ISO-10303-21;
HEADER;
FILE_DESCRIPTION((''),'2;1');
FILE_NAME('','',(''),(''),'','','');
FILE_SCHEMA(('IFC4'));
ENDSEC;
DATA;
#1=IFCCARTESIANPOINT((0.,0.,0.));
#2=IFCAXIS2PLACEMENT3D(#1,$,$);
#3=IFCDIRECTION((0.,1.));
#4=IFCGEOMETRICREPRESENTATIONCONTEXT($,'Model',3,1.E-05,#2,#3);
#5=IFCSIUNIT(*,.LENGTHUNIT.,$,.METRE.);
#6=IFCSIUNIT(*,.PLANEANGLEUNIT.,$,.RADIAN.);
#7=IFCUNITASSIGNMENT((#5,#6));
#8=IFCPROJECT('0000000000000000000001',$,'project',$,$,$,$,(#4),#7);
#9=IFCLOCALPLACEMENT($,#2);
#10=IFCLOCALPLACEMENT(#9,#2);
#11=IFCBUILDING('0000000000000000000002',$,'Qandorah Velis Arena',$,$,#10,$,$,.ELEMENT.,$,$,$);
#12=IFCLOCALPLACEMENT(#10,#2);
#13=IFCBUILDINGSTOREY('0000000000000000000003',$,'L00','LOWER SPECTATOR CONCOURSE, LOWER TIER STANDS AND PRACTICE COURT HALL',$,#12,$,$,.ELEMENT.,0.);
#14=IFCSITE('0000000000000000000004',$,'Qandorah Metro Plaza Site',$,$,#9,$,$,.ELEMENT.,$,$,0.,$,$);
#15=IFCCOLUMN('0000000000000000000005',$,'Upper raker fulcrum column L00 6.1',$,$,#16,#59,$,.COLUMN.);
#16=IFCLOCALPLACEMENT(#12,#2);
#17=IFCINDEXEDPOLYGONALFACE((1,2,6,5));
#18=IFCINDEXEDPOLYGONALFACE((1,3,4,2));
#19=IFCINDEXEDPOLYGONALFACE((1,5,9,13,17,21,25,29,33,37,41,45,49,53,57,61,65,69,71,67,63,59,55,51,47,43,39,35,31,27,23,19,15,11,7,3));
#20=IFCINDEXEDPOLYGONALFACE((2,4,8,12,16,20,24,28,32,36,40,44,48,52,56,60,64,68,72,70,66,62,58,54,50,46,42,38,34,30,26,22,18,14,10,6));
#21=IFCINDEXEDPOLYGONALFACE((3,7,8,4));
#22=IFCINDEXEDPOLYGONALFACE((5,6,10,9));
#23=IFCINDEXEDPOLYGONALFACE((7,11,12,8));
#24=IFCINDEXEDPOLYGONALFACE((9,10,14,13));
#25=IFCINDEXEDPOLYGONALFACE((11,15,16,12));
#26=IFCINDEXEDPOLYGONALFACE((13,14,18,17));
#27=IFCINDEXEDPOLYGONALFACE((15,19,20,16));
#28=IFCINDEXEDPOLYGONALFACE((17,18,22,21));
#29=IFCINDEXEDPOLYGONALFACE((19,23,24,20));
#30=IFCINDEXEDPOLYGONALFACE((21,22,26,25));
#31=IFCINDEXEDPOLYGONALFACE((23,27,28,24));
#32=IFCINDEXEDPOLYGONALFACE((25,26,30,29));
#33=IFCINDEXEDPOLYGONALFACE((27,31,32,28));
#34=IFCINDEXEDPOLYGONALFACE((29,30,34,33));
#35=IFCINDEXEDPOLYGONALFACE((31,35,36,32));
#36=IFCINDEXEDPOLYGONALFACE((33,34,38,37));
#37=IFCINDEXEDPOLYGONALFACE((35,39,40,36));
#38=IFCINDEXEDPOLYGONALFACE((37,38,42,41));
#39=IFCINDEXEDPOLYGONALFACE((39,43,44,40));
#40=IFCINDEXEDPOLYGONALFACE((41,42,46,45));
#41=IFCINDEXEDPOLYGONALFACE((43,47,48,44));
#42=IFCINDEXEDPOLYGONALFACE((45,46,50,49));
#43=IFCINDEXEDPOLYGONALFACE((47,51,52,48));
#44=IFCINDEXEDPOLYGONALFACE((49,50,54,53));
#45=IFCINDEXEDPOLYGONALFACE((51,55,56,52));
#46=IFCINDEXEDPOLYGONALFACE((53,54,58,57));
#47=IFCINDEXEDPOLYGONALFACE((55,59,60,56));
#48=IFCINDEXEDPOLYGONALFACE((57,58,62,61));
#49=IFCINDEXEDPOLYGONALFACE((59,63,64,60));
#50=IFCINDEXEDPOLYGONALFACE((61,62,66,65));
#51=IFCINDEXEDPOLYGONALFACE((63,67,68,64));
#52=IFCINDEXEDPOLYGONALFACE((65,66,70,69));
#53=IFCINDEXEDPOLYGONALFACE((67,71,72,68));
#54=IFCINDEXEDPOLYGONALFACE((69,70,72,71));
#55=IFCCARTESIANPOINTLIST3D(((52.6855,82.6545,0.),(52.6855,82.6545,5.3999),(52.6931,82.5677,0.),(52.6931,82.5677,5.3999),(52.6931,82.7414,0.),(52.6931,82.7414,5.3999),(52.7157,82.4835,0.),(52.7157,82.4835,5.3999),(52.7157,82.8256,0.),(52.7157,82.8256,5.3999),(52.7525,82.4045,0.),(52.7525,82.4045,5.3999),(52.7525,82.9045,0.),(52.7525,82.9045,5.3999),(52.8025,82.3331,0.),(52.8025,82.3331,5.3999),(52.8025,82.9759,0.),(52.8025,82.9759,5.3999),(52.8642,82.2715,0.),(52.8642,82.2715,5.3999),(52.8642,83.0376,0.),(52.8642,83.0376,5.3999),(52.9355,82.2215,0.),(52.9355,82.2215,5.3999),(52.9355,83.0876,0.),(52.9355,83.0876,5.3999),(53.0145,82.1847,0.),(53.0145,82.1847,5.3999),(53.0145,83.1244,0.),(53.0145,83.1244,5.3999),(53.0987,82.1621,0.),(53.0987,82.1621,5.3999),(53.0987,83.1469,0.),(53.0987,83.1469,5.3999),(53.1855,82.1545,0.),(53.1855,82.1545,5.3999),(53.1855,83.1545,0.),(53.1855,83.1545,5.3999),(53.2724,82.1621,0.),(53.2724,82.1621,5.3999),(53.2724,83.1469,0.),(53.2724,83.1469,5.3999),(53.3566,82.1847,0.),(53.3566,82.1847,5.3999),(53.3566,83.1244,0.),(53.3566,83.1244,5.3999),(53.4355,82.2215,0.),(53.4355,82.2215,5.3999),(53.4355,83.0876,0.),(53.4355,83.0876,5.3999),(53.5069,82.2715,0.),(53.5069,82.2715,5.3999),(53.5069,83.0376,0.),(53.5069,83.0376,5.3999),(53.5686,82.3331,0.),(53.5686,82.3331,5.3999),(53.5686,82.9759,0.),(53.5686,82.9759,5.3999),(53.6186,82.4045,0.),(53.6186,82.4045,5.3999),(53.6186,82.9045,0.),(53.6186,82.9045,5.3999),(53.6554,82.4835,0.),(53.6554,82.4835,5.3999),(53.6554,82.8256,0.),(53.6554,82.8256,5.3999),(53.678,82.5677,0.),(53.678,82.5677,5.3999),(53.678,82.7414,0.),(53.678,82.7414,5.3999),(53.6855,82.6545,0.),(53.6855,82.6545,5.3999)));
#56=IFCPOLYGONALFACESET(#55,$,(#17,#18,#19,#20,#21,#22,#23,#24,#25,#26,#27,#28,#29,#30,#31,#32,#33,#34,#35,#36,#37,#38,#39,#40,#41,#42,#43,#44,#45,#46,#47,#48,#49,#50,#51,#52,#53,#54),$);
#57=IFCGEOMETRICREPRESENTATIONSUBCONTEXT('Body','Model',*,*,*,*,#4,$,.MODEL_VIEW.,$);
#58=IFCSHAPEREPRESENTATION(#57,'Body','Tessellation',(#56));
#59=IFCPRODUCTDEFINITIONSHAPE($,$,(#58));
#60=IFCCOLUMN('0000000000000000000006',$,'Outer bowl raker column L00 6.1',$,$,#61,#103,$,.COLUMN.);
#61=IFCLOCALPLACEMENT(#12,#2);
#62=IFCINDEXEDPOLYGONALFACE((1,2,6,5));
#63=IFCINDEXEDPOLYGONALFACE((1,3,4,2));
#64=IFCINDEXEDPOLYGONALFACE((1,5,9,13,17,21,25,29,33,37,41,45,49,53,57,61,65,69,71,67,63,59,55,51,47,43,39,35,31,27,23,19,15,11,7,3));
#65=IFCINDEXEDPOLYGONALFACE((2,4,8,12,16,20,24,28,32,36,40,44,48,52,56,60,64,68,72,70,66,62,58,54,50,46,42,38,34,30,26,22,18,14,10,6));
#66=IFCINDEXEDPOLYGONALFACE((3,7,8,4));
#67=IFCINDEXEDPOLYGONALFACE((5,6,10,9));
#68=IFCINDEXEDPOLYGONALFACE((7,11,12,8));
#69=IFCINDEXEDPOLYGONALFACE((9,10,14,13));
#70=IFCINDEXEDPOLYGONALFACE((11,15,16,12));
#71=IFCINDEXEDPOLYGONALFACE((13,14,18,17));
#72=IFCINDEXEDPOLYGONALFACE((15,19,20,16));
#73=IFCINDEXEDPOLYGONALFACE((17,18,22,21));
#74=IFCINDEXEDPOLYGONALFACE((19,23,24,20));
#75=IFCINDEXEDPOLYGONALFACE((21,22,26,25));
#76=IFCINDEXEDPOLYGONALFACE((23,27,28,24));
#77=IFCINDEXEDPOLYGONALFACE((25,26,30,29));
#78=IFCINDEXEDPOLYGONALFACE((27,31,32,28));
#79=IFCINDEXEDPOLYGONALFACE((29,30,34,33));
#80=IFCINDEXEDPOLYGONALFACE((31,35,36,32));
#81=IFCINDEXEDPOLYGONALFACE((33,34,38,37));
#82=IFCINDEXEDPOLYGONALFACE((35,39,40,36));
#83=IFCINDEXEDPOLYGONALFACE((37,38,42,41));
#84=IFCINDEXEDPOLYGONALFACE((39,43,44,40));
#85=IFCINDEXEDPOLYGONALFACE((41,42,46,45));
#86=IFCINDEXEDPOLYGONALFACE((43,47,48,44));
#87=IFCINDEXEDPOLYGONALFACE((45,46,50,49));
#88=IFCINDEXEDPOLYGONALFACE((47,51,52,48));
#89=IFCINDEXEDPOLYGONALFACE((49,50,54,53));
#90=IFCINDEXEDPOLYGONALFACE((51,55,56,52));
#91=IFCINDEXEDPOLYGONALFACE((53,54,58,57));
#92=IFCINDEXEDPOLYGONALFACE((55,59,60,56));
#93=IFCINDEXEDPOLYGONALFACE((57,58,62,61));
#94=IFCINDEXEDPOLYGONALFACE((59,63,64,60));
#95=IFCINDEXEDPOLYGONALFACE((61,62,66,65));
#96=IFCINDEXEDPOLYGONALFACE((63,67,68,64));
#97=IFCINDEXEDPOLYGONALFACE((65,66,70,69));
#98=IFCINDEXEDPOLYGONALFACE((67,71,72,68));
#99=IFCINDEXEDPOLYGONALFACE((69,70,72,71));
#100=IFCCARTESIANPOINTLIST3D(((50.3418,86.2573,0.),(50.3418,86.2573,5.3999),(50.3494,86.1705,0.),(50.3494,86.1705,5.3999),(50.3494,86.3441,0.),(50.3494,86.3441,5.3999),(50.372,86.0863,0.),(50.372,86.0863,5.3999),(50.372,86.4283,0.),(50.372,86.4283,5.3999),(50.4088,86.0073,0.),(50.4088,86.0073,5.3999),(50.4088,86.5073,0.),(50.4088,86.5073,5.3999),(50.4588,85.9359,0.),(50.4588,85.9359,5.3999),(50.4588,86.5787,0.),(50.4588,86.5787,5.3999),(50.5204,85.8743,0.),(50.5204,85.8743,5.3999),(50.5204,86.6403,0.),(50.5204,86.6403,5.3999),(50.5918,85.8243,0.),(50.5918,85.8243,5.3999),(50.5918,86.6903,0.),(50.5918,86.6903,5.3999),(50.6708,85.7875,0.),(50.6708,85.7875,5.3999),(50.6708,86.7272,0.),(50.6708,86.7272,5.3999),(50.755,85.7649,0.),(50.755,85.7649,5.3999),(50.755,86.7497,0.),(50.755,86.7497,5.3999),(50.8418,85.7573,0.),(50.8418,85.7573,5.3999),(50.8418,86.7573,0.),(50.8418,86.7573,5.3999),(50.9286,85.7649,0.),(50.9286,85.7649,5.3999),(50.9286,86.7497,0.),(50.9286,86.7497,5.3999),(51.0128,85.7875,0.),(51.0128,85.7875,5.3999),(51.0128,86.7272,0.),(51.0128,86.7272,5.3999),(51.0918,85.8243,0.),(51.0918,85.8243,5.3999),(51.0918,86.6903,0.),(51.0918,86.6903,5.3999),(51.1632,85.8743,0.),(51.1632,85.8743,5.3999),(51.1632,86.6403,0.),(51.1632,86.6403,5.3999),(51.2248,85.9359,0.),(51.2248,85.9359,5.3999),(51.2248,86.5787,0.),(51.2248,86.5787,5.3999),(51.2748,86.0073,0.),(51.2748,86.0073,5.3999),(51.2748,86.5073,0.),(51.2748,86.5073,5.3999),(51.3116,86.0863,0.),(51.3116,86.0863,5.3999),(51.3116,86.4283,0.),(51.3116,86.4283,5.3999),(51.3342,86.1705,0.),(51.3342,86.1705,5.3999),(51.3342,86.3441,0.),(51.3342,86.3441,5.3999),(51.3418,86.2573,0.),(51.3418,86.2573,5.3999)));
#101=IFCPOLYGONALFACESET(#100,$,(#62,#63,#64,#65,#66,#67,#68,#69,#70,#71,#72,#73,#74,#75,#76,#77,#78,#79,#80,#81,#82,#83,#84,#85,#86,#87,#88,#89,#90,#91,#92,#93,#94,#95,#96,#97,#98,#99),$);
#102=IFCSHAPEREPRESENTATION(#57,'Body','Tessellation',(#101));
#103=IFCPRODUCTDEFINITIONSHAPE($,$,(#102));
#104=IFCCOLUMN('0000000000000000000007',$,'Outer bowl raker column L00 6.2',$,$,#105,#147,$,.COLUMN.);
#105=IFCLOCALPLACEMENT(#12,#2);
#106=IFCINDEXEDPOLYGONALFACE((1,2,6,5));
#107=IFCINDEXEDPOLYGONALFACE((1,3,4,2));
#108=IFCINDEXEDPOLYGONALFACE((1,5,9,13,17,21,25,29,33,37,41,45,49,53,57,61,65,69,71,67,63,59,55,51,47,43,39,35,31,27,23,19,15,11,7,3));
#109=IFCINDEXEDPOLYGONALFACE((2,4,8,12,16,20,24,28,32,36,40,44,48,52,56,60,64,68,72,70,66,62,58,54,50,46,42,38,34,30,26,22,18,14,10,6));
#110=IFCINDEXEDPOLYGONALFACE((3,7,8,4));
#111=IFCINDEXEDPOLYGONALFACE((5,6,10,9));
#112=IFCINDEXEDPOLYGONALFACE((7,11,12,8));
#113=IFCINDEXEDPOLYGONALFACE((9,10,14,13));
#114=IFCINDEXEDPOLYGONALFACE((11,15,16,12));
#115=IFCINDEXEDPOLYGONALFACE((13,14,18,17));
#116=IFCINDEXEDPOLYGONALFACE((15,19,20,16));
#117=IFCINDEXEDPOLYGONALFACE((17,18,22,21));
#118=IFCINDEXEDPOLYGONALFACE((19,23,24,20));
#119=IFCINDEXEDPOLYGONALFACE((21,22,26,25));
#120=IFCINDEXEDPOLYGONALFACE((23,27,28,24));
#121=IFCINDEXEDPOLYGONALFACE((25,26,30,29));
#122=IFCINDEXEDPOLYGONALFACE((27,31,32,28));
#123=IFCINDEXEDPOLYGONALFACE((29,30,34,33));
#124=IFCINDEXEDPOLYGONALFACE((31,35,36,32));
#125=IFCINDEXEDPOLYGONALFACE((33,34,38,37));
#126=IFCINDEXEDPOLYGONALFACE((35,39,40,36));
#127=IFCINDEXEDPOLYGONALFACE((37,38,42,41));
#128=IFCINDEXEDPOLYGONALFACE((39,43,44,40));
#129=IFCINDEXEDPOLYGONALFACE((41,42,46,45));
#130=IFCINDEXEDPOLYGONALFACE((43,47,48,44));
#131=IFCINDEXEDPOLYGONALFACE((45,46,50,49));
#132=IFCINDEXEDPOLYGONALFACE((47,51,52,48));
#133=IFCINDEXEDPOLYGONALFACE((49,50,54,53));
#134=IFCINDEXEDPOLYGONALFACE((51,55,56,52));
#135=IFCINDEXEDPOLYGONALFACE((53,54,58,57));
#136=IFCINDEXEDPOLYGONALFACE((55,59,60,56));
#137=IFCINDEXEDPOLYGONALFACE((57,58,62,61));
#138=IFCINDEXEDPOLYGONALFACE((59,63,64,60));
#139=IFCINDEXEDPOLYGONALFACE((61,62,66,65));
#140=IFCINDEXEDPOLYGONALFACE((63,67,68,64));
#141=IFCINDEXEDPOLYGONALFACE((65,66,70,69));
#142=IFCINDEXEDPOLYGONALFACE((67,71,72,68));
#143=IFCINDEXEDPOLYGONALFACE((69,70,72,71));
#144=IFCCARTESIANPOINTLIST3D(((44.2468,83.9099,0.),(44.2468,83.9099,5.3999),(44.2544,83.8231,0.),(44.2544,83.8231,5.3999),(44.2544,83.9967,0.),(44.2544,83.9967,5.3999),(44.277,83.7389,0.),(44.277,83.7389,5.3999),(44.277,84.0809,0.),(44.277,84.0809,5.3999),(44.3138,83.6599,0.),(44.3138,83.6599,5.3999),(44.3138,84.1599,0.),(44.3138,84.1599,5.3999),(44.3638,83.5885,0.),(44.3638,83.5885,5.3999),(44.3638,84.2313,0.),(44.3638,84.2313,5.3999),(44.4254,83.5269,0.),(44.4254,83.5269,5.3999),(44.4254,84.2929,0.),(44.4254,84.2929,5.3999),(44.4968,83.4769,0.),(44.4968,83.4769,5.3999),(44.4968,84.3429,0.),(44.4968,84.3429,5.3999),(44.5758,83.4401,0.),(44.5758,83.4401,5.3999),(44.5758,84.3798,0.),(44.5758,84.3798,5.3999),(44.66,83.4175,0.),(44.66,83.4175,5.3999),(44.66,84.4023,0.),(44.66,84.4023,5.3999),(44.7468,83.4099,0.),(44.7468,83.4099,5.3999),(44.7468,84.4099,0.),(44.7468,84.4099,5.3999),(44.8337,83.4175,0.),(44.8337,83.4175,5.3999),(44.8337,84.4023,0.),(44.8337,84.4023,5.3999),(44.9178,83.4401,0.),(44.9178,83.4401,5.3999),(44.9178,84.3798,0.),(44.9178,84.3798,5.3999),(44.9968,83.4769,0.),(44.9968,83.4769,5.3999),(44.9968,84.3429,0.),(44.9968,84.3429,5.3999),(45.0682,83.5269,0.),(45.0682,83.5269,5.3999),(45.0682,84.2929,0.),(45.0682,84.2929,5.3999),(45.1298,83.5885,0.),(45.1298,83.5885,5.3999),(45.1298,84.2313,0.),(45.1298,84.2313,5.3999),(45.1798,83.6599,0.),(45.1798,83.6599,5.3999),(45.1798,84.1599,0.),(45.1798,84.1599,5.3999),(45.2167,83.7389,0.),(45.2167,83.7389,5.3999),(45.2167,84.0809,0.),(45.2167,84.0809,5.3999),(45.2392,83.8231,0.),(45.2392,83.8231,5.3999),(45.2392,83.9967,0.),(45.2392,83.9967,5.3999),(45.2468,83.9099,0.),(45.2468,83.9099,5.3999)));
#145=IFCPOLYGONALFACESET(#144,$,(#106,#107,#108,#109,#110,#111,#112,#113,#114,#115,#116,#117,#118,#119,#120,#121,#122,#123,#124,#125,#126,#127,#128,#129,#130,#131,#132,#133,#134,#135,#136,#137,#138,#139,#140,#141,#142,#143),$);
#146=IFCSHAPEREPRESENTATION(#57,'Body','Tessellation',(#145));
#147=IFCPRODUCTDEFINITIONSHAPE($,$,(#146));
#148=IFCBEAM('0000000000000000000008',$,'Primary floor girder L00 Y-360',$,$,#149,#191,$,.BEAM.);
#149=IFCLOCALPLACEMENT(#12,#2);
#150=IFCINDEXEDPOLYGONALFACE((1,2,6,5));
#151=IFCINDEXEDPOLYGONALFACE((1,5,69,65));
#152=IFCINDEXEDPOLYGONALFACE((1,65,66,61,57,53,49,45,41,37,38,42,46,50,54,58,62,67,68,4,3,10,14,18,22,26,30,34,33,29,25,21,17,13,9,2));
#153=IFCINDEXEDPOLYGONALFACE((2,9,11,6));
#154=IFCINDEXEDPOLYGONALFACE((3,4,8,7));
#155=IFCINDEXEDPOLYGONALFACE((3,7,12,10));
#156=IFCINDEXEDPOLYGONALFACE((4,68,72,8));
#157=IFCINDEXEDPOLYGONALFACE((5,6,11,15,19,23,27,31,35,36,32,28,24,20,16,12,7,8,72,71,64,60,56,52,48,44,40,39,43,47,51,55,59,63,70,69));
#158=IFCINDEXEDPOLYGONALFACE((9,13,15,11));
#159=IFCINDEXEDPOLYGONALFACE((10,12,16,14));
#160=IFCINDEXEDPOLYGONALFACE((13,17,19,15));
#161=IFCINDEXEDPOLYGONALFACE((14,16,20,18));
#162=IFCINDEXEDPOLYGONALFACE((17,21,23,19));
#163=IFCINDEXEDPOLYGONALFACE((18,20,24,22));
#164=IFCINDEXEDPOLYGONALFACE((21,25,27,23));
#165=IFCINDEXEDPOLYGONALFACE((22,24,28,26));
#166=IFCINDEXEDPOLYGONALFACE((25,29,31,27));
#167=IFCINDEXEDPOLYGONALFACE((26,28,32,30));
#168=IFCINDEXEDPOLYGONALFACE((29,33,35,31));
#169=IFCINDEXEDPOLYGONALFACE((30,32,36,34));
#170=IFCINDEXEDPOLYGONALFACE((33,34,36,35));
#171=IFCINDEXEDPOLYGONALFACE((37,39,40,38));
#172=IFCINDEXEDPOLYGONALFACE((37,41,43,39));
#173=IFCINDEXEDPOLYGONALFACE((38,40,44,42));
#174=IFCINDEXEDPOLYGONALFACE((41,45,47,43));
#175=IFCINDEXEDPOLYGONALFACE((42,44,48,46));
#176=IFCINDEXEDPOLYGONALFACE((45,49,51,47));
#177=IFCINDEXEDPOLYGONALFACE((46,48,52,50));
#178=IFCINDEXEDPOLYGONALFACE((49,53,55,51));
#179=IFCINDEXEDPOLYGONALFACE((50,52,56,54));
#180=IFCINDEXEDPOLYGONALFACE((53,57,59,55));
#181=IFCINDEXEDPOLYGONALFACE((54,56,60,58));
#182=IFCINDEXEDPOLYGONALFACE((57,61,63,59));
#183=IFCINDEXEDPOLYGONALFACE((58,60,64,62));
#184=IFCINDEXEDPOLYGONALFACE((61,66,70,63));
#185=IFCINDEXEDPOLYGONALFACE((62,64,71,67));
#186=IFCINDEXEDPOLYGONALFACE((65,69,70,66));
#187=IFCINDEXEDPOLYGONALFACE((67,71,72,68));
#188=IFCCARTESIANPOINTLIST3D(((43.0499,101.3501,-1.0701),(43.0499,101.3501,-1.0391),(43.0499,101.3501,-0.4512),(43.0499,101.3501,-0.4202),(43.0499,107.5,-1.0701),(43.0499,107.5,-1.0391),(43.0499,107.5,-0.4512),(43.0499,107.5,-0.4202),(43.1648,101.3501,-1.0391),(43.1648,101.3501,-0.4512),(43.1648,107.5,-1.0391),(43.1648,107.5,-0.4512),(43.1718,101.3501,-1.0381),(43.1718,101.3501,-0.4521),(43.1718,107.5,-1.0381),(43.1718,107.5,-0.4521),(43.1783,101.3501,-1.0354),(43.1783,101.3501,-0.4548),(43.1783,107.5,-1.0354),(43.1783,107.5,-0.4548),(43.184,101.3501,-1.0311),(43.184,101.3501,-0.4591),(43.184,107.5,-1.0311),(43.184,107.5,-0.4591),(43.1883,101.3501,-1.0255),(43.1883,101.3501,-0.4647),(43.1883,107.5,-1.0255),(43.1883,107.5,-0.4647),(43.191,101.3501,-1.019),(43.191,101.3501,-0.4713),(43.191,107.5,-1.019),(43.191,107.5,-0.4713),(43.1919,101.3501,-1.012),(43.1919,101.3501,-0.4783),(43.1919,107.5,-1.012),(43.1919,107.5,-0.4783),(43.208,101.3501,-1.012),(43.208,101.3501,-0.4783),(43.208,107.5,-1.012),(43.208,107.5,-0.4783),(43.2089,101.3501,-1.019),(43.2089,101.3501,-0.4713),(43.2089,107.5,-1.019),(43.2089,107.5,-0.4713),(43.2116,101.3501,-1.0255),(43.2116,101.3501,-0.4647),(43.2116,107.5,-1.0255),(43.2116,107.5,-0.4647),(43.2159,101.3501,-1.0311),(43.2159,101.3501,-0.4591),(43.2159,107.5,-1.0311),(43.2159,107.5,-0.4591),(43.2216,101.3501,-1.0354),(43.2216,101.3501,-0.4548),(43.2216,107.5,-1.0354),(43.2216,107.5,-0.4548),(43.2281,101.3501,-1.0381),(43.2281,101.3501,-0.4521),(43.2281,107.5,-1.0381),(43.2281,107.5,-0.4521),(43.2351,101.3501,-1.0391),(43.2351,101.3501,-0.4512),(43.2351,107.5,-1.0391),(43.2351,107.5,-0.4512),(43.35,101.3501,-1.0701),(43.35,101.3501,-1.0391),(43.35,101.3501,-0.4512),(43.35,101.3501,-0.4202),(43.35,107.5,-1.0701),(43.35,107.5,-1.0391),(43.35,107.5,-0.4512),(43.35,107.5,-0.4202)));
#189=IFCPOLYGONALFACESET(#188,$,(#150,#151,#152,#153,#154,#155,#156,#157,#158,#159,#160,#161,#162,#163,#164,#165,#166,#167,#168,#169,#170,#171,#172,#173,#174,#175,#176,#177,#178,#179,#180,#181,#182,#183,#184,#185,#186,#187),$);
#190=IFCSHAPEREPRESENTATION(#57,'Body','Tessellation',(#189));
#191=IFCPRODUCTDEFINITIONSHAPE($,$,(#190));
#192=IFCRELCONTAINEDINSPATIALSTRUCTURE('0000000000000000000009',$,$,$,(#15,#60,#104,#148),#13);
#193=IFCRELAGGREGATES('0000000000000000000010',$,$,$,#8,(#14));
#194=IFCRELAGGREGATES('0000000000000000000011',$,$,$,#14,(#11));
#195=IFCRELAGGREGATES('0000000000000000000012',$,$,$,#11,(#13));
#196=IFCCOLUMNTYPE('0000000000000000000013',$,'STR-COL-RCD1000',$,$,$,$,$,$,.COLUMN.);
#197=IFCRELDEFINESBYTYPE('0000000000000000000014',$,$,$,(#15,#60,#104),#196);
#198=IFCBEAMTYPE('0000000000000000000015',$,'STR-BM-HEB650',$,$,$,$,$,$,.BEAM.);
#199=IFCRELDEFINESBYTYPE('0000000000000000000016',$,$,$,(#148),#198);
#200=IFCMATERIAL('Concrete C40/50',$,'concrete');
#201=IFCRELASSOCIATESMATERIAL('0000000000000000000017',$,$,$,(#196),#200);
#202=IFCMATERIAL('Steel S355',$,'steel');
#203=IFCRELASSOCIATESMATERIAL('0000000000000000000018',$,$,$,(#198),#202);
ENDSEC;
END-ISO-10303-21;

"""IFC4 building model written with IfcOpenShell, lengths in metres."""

from ifc_helpers import new_model, si_unit, direction, frame, origin, origin_2d, place, context, subcontext, project, spatial, circle, i_section, extrude, material, material_profile, profile_set, type_object, element, save


model = new_model("IFC4")

# Units and contexts
model_context = context("Model", 3, precision=1e-05, world=origin(), true_north=direction((0.0, 1.0)))
body_context = subcontext(model_context, "Body", "Model", "MODEL_VIEW")
ifc_project = project(units=[si_unit("LENGTHUNIT", "METRE"), si_unit("PLANEANGLEUNIT", "RADIAN")], contexts=[model_context])

# Site, building, storey
site_placement = place(None, origin())
site = spatial("IfcSite", under=ifc_project, at=site_placement, Name="Qandorah Metro Plaza Site", CompositionType="ELEMENT", RefElevation=0.0)
building_placement = place(site_placement, origin())
building = spatial("IfcBuilding", under=site, at=building_placement, Name="Qandorah Velis Arena", CompositionType="ELEMENT")
storey_placement = place(building_placement, origin())
storey = spatial("IfcBuildingStorey", under=building, at=storey_placement, Name="L00", Description="LOWER SPECTATOR CONCOURSE, LOWER TIER STANDS AND PRACTICE COURT HALL", CompositionType="ELEMENT", Elevation=0.0)

# Columns
ifc_material_1 = material(Name="Concrete C40/50", Category="concrete")
ifc_material_profile_1 = material_profile(ifc_material_1, circle(Radius=0.5, at=origin_2d()), Name="RC D1000")
ifc_profile_set_1 = profile_set([ifc_material_profile_1], Name="Concrete C40/50")
column_type_1 = type_object("IfcColumnType", Name="STR-COL-RCD1000", PredefinedType="COLUMN", material=ifc_profile_set_1)
for number, where, z_axis, x_axis, name in (
    (1, (53.1855, 82.6545, 0.0), (0.0, 0.0, 1.0), (1.0, 0.0, 0.0), "Upper raker fulcrum column L00 6.1"),
    (2, (50.8418, 86.2573, 0.0), (0.0, 0.0, 1.0), (1.0, 0.0, 0.0), "Outer bowl raker column L00 6.1"),
    (3, (44.7468, 83.9099, 0.0), (0.0, 0.0, 1.0), (1.0, 0.0, 0.0), "Outer bowl raker column L00 6.2"),
):
    element("IfcColumn", number, at=place(storey_placement, frame(where, z_axis=z_axis, x_axis=x_axis)), inside=storey, type_object=column_type_1, Name=name, PredefinedType="COLUMN", context=body_context, shape_type="SweptSolid", body=[
        extrude(circle(Radius=0.5, at=origin_2d()), origin(), (0.0, 0.0, 1.0), 5.3999),
    ])

# Beam
ifc_material_2 = material(Name="Steel S355", Category="steel")
ifc_material_profile_2 = material_profile(ifc_material_2, i_section(OverallWidth=0.3, OverallDepth=0.6499, WebThickness=0.0161, FlangeThickness=0.031, FilletRadius=0.0271, at=origin_2d()), Name="HEB 650")
ifc_profile_set_2 = profile_set([ifc_material_profile_2], Name="Steel S355")
beam_type_1 = type_object("IfcBeamType", Name="STR-BM-HEB650", PredefinedType="BEAM", material=ifc_profile_set_2)
for number, where, z_axis, x_axis, name in (
    (4, (43.2, 101.3501, -0.7451), (0.0, 1.0, 0.0), (-1.0, 0.0, 0.0), "Primary floor girder L00 Y-360"),
):
    element("IfcBeam", number, at=place(storey_placement, frame(where, z_axis=z_axis, x_axis=x_axis)), inside=storey, type_object=beam_type_1, Name=name, PredefinedType="BEAM", context=body_context, shape_type="SweptSolid", body=[
        extrude(i_section(OverallWidth=0.3, OverallDepth=0.6499, WebThickness=0.0161, FlangeThickness=0.031, FilletRadius=0.0271, at=origin_2d()), origin(), (0.0, 0.0, 1.0), 6.1499),
    ])

save(model, "model.ifc")
